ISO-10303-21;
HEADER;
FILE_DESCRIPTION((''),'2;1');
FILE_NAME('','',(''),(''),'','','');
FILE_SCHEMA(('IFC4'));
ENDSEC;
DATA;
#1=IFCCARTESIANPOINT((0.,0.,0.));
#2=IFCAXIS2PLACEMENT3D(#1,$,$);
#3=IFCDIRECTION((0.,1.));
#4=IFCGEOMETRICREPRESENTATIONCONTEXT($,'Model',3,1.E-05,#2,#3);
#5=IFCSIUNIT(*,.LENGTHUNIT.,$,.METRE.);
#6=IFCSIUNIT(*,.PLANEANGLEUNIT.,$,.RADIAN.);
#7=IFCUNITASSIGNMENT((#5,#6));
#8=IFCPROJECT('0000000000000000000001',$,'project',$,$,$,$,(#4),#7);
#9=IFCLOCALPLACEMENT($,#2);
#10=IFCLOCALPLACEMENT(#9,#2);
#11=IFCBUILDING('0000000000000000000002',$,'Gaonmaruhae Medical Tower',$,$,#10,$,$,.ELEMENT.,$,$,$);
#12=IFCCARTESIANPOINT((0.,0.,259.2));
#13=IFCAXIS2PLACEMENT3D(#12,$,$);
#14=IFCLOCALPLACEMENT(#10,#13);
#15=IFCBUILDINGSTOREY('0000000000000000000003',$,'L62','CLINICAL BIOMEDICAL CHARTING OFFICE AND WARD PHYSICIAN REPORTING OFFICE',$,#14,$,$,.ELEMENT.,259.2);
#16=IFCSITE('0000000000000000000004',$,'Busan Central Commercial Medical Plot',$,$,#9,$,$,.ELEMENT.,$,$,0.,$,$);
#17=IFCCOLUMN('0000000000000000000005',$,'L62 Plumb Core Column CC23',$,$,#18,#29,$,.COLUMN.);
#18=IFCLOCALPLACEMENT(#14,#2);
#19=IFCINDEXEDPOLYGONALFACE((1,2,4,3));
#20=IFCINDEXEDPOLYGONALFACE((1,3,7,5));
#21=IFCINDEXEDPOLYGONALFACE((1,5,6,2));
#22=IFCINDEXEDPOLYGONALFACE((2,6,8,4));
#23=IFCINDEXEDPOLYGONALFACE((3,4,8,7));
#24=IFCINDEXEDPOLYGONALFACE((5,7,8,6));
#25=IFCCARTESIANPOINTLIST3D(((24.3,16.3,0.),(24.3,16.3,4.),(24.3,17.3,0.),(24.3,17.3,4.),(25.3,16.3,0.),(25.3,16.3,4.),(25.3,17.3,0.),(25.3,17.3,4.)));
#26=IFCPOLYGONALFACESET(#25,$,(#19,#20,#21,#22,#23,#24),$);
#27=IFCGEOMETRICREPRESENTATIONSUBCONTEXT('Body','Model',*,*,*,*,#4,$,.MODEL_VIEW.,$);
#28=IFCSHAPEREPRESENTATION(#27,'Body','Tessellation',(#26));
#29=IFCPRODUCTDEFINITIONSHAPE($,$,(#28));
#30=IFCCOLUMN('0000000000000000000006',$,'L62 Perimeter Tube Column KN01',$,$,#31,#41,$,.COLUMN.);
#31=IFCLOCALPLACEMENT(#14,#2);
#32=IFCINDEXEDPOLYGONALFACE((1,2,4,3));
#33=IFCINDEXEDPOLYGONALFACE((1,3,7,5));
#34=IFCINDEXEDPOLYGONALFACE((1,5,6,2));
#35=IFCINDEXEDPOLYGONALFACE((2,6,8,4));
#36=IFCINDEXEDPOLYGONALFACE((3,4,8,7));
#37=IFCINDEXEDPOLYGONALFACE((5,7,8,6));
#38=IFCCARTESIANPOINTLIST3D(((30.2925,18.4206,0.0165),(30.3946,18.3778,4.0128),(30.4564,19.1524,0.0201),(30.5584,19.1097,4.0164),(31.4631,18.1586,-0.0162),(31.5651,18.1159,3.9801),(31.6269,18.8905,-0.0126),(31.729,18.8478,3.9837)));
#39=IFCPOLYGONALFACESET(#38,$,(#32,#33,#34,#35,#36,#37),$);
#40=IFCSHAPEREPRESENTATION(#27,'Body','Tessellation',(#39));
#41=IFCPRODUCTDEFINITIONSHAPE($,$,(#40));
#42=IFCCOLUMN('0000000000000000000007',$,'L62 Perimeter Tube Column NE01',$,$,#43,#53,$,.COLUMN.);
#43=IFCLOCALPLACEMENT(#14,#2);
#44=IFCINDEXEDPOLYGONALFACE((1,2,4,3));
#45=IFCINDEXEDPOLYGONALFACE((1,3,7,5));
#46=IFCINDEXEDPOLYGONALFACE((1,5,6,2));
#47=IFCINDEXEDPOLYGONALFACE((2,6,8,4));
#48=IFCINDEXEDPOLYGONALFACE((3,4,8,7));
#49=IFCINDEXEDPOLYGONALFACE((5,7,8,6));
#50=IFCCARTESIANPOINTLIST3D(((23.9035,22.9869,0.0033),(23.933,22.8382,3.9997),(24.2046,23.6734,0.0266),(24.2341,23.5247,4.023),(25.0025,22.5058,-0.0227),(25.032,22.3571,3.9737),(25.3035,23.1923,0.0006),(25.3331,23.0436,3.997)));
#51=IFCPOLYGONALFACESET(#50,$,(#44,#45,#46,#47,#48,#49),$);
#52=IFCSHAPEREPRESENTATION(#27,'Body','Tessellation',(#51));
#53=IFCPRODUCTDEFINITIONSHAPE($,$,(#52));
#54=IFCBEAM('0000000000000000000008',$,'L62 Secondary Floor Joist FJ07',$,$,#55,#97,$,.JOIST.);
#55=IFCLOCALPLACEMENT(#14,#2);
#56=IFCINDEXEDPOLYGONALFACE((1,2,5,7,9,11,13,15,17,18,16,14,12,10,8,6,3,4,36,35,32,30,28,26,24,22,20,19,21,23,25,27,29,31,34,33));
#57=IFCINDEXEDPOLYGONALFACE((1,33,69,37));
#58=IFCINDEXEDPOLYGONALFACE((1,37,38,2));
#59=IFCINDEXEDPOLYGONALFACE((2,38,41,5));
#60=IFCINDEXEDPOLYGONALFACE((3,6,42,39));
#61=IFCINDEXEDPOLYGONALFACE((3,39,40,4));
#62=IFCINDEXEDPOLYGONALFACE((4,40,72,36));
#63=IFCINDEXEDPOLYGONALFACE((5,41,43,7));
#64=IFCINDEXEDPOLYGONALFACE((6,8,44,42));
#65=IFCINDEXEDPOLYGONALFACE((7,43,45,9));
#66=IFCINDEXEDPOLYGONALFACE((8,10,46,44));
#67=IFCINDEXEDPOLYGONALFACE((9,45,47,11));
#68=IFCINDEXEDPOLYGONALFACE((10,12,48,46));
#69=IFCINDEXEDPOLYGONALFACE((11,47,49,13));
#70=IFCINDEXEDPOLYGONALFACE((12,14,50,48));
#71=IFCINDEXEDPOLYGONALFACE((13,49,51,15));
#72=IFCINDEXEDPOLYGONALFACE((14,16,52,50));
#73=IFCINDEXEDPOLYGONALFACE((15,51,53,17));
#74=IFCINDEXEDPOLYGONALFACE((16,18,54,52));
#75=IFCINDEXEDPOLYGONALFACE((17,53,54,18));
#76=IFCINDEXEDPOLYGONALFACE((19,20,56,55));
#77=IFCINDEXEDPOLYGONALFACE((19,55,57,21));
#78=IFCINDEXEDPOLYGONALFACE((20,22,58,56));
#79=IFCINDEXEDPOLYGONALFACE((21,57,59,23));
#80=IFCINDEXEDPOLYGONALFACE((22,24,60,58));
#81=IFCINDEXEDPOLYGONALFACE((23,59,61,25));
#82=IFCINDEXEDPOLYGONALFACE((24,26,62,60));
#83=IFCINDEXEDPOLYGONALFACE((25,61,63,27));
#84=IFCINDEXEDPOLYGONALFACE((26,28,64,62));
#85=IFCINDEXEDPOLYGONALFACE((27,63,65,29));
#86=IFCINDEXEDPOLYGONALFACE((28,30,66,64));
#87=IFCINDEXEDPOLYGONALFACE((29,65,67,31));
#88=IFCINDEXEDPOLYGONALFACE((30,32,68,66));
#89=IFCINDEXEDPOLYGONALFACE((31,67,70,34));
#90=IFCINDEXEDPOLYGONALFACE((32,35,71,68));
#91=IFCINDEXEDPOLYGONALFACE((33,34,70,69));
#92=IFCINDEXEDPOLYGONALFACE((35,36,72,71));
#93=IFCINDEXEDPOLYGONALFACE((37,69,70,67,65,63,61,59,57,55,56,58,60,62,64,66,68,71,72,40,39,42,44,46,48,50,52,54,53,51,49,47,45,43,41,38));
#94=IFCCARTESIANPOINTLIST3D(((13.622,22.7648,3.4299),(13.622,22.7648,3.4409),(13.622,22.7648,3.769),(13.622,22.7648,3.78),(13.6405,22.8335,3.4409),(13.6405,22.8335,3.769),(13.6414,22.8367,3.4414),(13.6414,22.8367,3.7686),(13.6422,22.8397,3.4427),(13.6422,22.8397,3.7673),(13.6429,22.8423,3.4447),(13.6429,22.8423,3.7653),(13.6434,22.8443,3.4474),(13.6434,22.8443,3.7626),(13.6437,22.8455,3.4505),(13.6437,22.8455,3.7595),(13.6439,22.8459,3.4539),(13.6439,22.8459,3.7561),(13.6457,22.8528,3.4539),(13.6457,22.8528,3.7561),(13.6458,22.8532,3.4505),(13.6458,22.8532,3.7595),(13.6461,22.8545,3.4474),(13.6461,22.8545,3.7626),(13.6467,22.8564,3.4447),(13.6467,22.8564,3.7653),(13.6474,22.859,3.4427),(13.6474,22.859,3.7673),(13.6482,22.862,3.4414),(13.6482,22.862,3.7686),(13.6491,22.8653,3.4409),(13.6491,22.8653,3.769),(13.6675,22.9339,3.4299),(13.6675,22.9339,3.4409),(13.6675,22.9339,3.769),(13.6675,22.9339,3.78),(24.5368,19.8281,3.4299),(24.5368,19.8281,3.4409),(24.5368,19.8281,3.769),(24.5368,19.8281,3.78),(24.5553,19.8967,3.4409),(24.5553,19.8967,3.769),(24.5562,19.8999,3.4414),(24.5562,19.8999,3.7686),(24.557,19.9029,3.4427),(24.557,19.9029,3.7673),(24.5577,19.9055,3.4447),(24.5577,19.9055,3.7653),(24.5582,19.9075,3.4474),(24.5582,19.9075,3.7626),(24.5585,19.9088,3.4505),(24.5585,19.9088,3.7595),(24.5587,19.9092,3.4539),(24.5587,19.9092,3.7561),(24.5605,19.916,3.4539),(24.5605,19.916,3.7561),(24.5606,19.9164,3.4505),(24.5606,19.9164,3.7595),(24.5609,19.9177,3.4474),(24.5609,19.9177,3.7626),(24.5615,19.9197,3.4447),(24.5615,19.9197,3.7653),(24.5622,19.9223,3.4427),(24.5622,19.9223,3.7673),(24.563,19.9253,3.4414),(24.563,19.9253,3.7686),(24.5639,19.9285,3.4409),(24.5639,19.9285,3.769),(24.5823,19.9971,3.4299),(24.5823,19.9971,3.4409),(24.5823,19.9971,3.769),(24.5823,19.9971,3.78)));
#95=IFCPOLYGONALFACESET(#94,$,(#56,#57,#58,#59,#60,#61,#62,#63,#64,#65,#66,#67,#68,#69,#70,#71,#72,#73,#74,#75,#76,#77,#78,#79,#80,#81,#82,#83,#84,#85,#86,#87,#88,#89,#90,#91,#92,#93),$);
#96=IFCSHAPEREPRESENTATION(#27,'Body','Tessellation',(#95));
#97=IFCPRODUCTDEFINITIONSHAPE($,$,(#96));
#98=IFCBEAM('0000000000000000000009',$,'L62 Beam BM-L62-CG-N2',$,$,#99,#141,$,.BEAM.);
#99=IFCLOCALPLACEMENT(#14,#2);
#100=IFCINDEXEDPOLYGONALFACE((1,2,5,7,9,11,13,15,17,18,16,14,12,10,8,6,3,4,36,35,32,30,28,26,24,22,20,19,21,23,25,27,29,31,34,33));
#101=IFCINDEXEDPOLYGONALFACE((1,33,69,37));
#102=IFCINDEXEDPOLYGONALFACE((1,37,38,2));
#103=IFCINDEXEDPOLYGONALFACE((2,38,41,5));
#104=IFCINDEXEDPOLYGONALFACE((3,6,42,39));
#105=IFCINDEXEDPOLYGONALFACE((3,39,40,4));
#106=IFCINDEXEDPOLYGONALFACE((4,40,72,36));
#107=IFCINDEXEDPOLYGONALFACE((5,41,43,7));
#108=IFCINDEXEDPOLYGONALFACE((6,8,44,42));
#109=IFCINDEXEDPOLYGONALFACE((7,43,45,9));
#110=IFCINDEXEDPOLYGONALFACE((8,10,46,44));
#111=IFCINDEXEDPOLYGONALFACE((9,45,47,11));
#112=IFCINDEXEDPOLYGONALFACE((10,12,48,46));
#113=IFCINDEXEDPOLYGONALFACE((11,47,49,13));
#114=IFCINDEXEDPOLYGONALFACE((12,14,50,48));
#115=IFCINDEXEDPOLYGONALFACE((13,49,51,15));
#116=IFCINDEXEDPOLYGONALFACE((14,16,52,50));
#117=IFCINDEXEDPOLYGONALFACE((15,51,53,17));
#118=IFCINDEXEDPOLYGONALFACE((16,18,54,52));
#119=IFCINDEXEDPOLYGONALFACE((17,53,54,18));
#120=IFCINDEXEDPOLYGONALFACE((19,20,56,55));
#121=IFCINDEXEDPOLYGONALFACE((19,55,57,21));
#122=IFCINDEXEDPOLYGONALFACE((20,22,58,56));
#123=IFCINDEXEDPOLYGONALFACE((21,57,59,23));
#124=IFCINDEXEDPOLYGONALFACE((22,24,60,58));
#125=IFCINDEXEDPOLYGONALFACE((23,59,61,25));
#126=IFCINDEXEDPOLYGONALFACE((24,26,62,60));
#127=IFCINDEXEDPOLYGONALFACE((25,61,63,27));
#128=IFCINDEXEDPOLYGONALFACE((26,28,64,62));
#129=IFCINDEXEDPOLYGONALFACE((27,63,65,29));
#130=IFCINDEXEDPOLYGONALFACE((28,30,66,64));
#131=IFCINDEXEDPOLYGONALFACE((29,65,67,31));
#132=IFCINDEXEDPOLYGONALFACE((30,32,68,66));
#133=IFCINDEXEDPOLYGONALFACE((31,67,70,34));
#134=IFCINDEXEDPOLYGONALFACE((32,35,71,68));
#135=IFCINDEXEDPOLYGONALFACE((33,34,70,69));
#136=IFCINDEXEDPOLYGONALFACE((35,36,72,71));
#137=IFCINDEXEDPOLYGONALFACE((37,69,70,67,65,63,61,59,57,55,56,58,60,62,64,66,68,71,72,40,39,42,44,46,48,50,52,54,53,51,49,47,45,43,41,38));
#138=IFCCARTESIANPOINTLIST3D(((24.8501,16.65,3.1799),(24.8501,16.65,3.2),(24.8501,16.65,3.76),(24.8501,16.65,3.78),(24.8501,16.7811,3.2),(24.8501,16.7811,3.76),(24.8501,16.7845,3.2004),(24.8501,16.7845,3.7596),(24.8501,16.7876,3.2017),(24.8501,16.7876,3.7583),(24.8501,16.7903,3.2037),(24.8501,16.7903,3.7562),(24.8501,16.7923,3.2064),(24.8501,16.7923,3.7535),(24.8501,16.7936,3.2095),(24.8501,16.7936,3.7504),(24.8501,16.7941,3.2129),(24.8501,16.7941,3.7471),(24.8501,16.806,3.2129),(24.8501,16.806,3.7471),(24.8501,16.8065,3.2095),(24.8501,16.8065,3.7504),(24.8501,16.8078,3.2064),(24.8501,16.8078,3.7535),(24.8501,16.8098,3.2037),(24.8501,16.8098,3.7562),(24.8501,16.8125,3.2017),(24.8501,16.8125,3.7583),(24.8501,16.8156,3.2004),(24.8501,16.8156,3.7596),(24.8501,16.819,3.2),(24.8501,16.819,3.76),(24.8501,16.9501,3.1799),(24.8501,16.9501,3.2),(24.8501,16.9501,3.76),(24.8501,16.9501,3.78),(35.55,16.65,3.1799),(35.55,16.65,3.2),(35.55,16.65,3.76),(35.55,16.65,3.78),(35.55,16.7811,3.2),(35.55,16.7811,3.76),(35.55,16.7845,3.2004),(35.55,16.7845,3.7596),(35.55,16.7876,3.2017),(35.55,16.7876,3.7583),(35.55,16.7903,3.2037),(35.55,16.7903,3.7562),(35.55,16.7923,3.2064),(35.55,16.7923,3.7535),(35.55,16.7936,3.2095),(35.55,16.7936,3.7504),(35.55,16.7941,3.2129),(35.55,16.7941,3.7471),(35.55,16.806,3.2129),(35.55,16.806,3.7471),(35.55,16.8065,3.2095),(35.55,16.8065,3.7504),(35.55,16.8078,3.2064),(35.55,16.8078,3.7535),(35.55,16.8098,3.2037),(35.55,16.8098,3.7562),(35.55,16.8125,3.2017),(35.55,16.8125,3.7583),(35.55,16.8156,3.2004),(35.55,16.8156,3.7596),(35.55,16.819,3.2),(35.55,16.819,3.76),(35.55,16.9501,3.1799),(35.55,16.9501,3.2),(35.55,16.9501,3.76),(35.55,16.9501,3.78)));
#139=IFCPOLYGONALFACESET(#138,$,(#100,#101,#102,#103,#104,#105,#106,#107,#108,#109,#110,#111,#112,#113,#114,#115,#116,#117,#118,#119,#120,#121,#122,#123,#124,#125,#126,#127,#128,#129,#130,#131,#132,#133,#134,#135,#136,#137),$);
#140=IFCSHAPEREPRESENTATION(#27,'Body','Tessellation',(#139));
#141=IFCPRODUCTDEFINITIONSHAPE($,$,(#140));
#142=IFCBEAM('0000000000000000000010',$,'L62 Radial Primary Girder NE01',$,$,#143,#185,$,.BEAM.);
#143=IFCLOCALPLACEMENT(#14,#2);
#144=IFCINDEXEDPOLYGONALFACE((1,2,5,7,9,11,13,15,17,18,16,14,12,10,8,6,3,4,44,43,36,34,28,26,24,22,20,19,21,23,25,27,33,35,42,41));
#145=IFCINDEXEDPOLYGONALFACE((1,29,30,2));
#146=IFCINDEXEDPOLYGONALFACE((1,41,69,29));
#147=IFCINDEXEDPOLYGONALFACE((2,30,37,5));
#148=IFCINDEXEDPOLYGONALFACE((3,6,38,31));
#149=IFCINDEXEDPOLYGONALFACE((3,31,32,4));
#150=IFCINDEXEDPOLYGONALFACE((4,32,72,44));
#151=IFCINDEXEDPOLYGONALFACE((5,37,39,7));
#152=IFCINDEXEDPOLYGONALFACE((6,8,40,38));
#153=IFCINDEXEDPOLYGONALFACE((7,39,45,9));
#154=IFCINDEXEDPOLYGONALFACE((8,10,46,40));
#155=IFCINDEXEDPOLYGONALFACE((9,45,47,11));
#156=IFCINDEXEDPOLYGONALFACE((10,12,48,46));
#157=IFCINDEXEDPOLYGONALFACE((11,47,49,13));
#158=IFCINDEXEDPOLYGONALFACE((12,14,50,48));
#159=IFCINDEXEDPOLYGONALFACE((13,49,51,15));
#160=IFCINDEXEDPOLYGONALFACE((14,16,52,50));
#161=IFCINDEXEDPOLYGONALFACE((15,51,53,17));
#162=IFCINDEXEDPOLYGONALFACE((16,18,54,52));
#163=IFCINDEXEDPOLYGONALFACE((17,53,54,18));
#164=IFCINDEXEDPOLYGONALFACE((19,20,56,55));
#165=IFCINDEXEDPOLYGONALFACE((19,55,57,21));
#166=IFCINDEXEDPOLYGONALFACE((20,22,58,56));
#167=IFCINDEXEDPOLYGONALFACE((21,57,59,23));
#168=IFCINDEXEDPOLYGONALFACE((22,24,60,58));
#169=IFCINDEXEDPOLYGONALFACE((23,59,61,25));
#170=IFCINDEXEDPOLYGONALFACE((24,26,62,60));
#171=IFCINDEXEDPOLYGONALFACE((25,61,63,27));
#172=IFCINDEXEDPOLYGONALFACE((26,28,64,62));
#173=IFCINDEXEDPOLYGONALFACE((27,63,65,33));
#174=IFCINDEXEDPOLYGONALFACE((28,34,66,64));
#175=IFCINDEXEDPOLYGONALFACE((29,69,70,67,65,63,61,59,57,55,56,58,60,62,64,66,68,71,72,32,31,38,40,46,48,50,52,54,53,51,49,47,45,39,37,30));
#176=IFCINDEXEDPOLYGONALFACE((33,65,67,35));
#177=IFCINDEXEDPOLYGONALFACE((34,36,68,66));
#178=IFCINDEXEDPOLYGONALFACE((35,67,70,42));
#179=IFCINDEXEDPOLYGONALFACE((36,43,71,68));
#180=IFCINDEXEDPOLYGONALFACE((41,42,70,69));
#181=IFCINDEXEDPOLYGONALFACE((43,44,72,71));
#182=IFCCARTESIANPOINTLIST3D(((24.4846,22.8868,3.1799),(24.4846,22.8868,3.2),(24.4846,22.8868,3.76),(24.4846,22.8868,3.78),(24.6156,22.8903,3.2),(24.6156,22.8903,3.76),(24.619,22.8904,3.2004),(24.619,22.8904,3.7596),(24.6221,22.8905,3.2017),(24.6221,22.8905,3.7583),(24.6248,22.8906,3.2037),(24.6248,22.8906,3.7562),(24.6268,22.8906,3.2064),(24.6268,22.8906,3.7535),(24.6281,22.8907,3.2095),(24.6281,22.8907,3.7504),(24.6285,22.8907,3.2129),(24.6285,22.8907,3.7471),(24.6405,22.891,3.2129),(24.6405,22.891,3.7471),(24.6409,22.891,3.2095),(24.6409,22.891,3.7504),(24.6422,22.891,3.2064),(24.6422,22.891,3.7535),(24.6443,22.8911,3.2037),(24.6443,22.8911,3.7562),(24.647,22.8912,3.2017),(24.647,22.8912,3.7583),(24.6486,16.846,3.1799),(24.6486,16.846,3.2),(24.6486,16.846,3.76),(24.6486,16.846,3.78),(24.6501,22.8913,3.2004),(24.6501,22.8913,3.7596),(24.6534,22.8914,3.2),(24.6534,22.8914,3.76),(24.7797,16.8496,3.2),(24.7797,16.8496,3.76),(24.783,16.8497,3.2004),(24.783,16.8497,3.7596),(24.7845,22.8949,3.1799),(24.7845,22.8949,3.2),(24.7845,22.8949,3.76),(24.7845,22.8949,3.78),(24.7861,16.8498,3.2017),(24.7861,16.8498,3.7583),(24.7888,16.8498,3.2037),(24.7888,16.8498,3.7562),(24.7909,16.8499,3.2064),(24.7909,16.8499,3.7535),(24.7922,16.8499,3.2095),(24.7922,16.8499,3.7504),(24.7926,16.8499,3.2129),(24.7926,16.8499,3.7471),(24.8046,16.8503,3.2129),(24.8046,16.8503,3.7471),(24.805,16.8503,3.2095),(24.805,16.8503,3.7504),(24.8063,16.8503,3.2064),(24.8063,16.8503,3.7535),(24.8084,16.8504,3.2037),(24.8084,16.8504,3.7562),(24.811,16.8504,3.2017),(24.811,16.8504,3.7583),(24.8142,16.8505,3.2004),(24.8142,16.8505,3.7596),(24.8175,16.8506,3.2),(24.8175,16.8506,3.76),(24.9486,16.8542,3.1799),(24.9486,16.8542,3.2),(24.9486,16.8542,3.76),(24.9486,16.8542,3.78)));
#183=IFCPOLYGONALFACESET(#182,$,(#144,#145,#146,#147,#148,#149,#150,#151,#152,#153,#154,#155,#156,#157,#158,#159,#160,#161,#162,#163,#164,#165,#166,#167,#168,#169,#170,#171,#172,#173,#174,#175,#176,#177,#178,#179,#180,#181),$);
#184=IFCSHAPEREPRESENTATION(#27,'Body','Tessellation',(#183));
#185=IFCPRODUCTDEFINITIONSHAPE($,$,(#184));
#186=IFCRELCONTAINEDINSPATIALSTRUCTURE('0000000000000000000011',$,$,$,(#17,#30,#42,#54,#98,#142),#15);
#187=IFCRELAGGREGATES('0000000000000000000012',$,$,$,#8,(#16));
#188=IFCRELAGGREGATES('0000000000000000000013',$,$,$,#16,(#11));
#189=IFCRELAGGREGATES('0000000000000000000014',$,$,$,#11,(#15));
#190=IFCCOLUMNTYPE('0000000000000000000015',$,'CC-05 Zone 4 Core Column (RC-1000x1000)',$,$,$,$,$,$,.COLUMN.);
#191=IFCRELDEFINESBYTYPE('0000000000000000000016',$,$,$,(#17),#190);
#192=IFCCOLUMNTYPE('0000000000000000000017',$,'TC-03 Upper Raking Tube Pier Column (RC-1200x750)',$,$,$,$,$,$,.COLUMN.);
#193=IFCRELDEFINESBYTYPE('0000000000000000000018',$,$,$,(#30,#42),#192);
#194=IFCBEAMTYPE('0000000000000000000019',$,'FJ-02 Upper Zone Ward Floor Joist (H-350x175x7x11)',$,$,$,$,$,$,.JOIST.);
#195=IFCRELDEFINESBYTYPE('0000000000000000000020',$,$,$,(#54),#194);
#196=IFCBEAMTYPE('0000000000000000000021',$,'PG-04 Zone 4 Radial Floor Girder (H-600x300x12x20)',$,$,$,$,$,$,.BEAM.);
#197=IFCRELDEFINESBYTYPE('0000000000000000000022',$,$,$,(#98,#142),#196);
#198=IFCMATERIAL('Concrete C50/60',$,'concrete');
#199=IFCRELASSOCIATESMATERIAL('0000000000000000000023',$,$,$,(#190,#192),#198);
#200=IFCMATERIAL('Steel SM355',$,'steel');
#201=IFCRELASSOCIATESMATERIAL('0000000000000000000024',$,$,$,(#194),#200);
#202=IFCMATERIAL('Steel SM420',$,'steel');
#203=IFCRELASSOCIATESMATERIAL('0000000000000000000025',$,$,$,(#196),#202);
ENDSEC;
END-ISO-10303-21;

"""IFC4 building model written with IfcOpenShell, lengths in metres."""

from ifc_helpers import new_model, si_unit, direction, frame, origin, origin_2d, place, context, subcontext, project, spatial, rectangle, i_section, extrude, material, material_profile, profile_set, type_object, element, save


model = new_model("IFC4")

# Units and contexts
model_context = context("Model", 3, precision=1e-05, world=origin(), true_north=direction((0.0, 1.0)))
body_context = subcontext(model_context, "Body", "Model", "MODEL_VIEW")
ifc_project = project(units=[si_unit("LENGTHUNIT", "METRE"), si_unit("PLANEANGLEUNIT", "RADIAN")], contexts=[model_context])

# Site, building, storey
site_placement = place(None, origin())
site = spatial("IfcSite", under=ifc_project, at=site_placement, Name="Busan Central Commercial Medical Plot", CompositionType="ELEMENT", RefElevation=0.0)
building_placement = place(site_placement, origin())
building = spatial("IfcBuilding", under=site, at=building_placement, Name="Gaonmaruhae Medical Tower", CompositionType="ELEMENT")
storey_placement = place(building_placement, frame((0.0, 0.0, 259.2)))
storey = spatial("IfcBuildingStorey", under=building, at=storey_placement, Name="L62", Description="CLINICAL BIOMEDICAL CHARTING OFFICE AND WARD PHYSICIAN REPORTING OFFICE", CompositionType="ELEMENT", Elevation=259.2)

# Columns
ifc_material_1 = material(Name="Concrete C50/60", Category="concrete")
ifc_material_profile_1 = material_profile(ifc_material_1, rectangle(XDim=1.0, YDim=1.0, at=origin_2d()), Name="RC-1000x1000")
ifc_profile_set_1 = profile_set([ifc_material_profile_1], Name="Concrete C50/60")
column_type_1 = type_object("IfcColumnType", Name="CC-05 Zone 4 Core Column (RC-1000x1000)", PredefinedType="COLUMN", material=ifc_profile_set_1)
column_1_placement = place(storey_placement, frame((24.8, 16.8, 0.0), z_axis=(0.0, 0.0, 1.0), x_axis=(1.0, 0.0, 0.0)))
element("IfcColumn", 1, at=column_1_placement, inside=storey, type_object=column_type_1, Name="L62 Plumb Core Column CC23", PredefinedType="COLUMN", context=body_context, shape_type="SweptSolid", body=[
    extrude(rectangle(XDim=1.0, YDim=1.0, at=origin_2d()), origin(), (0.0, 0.0, 1.0), 4.0),
])
ifc_material_profile_2 = material_profile(ifc_material_1, rectangle(XDim=1.2, YDim=0.75, at=origin_2d()), Name="RC-1200x750")
ifc_profile_set_2 = profile_set([ifc_material_profile_2], Name="Concrete C50/60")
column_type_2 = type_object("IfcColumnType", Name="TC-03 Upper Raking Tube Pier Column (RC-1200x750)", PredefinedType="COLUMN", material=ifc_profile_set_2)
column_2_placement = place(storey_placement, frame((30.9597, 18.6555, 0.002), z_axis=(0.025526, -0.010687, 0.999617), x_axis=(-0.975504, 0.218289, 0.027244)))
element("IfcColumn", 2, at=column_2_placement, inside=storey, type_object=column_type_2, Name="L62 Perimeter Tube Column KN01", PredefinedType="COLUMN", context=body_context, shape_type="SweptSolid", body=[
    extrude(rectangle(XDim=1.2, YDim=0.75, at=origin_2d()), origin(), (0.0, 0.0, 1.0), 3.9978),
])
column_3_placement = place(storey_placement, frame((24.6035, 23.0896, 0.002), z_axis=(0.007387, -0.037178, 0.999281), x_axis=(-0.915846, 0.400944, 0.021687)))
element("IfcColumn", 3, at=column_3_placement, inside=storey, type_object=column_type_2, Name="L62 Perimeter Tube Column NE01", PredefinedType="COLUMN", context=body_context, shape_type="SweptSolid", body=[
    extrude(rectangle(XDim=1.2, YDim=0.75, at=origin_2d()), origin(), (0.0, 0.0, 1.0), 3.9993),
])

# Beams
ifc_material_2 = material(Name="Steel SM355", Category="steel")
ifc_material_profile_3 = material_profile(ifc_material_2, i_section(OverallWidth=0.175, OverallDepth=0.3501, WebThickness=0.0071, FlangeThickness=0.011, FilletRadius=0.0129, at=origin_2d()), Name="H-350x175x7x11")
ifc_profile_set_3 = profile_set([ifc_material_profile_3], Name="Steel SM355")
beam_type_1 = type_object("IfcBeamType", Name="FJ-02 Upper Zone Ward Floor Joist (H-350x175x7x11)", PredefinedType="JOIST", material=ifc_profile_set_3)
beam_1_placement = place(storey_placement, frame((24.5596, 19.9126, 3.605), z_axis=(-0.965656, 0.259822, 0.0), x_axis=(-0.259822, -0.965656, 0.0)))
element("IfcBeam", 4, at=beam_1_placement, inside=storey, type_object=beam_type_1, Name="L62 Secondary Floor Joist FJ07", PredefinedType="JOIST", context=body_context, shape_type="SweptSolid", body=[
    extrude(i_section(OverallWidth=0.175, OverallDepth=0.3501, WebThickness=0.0071, FlangeThickness=0.011, FilletRadius=0.0129, at=origin_2d()), origin(), (0.0, 0.0, 1.0), 11.303),
])
ifc_material_3 = material(Name="Steel SM420", Category="steel")
ifc_material_profile_4 = material_profile(ifc_material_3, i_section(OverallWidth=0.3, OverallDepth=0.6001, WebThickness=0.012, FlangeThickness=0.02, FilletRadius=0.0129, at=origin_2d()), Name="H-600x300x12x20")
ifc_profile_set_4 = profile_set([ifc_material_profile_4], Name="Steel SM420")
beam_type_2 = type_object("IfcBeamType", Name="PG-04 Zone 4 Radial Floor Girder (H-600x300x12x20)", PredefinedType="BEAM", material=ifc_profile_set_4)
beam_2_placement = place(storey_placement, frame((24.8501, 16.8, 3.48), z_axis=(1.0, 0.0, 0.0), x_axis=(0.0, 1.0, 0.0)))
element("IfcBeam", 5, at=beam_2_placement, inside=storey, type_object=beam_type_2, Name="L62 Beam BM-L62-CG-N2", PredefinedType="BEAM", context=body_context, shape_type="SweptSolid", body=[
    extrude(i_section(OverallWidth=0.3, OverallDepth=0.6001, WebThickness=0.012, FlangeThickness=0.02, FilletRadius=0.0129, at=origin_2d()), origin(), (0.0, 0.0, 1.0), 10.7),
])
beam_3_placement = place(storey_placement, frame((24.7986, 16.8501, 3.48), z_axis=(-0.027149, 0.999631, 0.0), x_axis=(-0.999631, -0.027149, 0.0)))
element("IfcBeam", 6, at=beam_3_placement, inside=storey, type_object=beam_type_2, Name="L62 Radial Primary Girder NE01", PredefinedType="BEAM", context=body_context, shape_type="SweptSolid", body=[
    extrude(i_section(OverallWidth=0.3, OverallDepth=0.6001, WebThickness=0.012, FlangeThickness=0.02, FilletRadius=0.0129, at=origin_2d()), origin(), (0.0, 0.0, 1.0), 6.043),
])

save(model, "model.ifc")
